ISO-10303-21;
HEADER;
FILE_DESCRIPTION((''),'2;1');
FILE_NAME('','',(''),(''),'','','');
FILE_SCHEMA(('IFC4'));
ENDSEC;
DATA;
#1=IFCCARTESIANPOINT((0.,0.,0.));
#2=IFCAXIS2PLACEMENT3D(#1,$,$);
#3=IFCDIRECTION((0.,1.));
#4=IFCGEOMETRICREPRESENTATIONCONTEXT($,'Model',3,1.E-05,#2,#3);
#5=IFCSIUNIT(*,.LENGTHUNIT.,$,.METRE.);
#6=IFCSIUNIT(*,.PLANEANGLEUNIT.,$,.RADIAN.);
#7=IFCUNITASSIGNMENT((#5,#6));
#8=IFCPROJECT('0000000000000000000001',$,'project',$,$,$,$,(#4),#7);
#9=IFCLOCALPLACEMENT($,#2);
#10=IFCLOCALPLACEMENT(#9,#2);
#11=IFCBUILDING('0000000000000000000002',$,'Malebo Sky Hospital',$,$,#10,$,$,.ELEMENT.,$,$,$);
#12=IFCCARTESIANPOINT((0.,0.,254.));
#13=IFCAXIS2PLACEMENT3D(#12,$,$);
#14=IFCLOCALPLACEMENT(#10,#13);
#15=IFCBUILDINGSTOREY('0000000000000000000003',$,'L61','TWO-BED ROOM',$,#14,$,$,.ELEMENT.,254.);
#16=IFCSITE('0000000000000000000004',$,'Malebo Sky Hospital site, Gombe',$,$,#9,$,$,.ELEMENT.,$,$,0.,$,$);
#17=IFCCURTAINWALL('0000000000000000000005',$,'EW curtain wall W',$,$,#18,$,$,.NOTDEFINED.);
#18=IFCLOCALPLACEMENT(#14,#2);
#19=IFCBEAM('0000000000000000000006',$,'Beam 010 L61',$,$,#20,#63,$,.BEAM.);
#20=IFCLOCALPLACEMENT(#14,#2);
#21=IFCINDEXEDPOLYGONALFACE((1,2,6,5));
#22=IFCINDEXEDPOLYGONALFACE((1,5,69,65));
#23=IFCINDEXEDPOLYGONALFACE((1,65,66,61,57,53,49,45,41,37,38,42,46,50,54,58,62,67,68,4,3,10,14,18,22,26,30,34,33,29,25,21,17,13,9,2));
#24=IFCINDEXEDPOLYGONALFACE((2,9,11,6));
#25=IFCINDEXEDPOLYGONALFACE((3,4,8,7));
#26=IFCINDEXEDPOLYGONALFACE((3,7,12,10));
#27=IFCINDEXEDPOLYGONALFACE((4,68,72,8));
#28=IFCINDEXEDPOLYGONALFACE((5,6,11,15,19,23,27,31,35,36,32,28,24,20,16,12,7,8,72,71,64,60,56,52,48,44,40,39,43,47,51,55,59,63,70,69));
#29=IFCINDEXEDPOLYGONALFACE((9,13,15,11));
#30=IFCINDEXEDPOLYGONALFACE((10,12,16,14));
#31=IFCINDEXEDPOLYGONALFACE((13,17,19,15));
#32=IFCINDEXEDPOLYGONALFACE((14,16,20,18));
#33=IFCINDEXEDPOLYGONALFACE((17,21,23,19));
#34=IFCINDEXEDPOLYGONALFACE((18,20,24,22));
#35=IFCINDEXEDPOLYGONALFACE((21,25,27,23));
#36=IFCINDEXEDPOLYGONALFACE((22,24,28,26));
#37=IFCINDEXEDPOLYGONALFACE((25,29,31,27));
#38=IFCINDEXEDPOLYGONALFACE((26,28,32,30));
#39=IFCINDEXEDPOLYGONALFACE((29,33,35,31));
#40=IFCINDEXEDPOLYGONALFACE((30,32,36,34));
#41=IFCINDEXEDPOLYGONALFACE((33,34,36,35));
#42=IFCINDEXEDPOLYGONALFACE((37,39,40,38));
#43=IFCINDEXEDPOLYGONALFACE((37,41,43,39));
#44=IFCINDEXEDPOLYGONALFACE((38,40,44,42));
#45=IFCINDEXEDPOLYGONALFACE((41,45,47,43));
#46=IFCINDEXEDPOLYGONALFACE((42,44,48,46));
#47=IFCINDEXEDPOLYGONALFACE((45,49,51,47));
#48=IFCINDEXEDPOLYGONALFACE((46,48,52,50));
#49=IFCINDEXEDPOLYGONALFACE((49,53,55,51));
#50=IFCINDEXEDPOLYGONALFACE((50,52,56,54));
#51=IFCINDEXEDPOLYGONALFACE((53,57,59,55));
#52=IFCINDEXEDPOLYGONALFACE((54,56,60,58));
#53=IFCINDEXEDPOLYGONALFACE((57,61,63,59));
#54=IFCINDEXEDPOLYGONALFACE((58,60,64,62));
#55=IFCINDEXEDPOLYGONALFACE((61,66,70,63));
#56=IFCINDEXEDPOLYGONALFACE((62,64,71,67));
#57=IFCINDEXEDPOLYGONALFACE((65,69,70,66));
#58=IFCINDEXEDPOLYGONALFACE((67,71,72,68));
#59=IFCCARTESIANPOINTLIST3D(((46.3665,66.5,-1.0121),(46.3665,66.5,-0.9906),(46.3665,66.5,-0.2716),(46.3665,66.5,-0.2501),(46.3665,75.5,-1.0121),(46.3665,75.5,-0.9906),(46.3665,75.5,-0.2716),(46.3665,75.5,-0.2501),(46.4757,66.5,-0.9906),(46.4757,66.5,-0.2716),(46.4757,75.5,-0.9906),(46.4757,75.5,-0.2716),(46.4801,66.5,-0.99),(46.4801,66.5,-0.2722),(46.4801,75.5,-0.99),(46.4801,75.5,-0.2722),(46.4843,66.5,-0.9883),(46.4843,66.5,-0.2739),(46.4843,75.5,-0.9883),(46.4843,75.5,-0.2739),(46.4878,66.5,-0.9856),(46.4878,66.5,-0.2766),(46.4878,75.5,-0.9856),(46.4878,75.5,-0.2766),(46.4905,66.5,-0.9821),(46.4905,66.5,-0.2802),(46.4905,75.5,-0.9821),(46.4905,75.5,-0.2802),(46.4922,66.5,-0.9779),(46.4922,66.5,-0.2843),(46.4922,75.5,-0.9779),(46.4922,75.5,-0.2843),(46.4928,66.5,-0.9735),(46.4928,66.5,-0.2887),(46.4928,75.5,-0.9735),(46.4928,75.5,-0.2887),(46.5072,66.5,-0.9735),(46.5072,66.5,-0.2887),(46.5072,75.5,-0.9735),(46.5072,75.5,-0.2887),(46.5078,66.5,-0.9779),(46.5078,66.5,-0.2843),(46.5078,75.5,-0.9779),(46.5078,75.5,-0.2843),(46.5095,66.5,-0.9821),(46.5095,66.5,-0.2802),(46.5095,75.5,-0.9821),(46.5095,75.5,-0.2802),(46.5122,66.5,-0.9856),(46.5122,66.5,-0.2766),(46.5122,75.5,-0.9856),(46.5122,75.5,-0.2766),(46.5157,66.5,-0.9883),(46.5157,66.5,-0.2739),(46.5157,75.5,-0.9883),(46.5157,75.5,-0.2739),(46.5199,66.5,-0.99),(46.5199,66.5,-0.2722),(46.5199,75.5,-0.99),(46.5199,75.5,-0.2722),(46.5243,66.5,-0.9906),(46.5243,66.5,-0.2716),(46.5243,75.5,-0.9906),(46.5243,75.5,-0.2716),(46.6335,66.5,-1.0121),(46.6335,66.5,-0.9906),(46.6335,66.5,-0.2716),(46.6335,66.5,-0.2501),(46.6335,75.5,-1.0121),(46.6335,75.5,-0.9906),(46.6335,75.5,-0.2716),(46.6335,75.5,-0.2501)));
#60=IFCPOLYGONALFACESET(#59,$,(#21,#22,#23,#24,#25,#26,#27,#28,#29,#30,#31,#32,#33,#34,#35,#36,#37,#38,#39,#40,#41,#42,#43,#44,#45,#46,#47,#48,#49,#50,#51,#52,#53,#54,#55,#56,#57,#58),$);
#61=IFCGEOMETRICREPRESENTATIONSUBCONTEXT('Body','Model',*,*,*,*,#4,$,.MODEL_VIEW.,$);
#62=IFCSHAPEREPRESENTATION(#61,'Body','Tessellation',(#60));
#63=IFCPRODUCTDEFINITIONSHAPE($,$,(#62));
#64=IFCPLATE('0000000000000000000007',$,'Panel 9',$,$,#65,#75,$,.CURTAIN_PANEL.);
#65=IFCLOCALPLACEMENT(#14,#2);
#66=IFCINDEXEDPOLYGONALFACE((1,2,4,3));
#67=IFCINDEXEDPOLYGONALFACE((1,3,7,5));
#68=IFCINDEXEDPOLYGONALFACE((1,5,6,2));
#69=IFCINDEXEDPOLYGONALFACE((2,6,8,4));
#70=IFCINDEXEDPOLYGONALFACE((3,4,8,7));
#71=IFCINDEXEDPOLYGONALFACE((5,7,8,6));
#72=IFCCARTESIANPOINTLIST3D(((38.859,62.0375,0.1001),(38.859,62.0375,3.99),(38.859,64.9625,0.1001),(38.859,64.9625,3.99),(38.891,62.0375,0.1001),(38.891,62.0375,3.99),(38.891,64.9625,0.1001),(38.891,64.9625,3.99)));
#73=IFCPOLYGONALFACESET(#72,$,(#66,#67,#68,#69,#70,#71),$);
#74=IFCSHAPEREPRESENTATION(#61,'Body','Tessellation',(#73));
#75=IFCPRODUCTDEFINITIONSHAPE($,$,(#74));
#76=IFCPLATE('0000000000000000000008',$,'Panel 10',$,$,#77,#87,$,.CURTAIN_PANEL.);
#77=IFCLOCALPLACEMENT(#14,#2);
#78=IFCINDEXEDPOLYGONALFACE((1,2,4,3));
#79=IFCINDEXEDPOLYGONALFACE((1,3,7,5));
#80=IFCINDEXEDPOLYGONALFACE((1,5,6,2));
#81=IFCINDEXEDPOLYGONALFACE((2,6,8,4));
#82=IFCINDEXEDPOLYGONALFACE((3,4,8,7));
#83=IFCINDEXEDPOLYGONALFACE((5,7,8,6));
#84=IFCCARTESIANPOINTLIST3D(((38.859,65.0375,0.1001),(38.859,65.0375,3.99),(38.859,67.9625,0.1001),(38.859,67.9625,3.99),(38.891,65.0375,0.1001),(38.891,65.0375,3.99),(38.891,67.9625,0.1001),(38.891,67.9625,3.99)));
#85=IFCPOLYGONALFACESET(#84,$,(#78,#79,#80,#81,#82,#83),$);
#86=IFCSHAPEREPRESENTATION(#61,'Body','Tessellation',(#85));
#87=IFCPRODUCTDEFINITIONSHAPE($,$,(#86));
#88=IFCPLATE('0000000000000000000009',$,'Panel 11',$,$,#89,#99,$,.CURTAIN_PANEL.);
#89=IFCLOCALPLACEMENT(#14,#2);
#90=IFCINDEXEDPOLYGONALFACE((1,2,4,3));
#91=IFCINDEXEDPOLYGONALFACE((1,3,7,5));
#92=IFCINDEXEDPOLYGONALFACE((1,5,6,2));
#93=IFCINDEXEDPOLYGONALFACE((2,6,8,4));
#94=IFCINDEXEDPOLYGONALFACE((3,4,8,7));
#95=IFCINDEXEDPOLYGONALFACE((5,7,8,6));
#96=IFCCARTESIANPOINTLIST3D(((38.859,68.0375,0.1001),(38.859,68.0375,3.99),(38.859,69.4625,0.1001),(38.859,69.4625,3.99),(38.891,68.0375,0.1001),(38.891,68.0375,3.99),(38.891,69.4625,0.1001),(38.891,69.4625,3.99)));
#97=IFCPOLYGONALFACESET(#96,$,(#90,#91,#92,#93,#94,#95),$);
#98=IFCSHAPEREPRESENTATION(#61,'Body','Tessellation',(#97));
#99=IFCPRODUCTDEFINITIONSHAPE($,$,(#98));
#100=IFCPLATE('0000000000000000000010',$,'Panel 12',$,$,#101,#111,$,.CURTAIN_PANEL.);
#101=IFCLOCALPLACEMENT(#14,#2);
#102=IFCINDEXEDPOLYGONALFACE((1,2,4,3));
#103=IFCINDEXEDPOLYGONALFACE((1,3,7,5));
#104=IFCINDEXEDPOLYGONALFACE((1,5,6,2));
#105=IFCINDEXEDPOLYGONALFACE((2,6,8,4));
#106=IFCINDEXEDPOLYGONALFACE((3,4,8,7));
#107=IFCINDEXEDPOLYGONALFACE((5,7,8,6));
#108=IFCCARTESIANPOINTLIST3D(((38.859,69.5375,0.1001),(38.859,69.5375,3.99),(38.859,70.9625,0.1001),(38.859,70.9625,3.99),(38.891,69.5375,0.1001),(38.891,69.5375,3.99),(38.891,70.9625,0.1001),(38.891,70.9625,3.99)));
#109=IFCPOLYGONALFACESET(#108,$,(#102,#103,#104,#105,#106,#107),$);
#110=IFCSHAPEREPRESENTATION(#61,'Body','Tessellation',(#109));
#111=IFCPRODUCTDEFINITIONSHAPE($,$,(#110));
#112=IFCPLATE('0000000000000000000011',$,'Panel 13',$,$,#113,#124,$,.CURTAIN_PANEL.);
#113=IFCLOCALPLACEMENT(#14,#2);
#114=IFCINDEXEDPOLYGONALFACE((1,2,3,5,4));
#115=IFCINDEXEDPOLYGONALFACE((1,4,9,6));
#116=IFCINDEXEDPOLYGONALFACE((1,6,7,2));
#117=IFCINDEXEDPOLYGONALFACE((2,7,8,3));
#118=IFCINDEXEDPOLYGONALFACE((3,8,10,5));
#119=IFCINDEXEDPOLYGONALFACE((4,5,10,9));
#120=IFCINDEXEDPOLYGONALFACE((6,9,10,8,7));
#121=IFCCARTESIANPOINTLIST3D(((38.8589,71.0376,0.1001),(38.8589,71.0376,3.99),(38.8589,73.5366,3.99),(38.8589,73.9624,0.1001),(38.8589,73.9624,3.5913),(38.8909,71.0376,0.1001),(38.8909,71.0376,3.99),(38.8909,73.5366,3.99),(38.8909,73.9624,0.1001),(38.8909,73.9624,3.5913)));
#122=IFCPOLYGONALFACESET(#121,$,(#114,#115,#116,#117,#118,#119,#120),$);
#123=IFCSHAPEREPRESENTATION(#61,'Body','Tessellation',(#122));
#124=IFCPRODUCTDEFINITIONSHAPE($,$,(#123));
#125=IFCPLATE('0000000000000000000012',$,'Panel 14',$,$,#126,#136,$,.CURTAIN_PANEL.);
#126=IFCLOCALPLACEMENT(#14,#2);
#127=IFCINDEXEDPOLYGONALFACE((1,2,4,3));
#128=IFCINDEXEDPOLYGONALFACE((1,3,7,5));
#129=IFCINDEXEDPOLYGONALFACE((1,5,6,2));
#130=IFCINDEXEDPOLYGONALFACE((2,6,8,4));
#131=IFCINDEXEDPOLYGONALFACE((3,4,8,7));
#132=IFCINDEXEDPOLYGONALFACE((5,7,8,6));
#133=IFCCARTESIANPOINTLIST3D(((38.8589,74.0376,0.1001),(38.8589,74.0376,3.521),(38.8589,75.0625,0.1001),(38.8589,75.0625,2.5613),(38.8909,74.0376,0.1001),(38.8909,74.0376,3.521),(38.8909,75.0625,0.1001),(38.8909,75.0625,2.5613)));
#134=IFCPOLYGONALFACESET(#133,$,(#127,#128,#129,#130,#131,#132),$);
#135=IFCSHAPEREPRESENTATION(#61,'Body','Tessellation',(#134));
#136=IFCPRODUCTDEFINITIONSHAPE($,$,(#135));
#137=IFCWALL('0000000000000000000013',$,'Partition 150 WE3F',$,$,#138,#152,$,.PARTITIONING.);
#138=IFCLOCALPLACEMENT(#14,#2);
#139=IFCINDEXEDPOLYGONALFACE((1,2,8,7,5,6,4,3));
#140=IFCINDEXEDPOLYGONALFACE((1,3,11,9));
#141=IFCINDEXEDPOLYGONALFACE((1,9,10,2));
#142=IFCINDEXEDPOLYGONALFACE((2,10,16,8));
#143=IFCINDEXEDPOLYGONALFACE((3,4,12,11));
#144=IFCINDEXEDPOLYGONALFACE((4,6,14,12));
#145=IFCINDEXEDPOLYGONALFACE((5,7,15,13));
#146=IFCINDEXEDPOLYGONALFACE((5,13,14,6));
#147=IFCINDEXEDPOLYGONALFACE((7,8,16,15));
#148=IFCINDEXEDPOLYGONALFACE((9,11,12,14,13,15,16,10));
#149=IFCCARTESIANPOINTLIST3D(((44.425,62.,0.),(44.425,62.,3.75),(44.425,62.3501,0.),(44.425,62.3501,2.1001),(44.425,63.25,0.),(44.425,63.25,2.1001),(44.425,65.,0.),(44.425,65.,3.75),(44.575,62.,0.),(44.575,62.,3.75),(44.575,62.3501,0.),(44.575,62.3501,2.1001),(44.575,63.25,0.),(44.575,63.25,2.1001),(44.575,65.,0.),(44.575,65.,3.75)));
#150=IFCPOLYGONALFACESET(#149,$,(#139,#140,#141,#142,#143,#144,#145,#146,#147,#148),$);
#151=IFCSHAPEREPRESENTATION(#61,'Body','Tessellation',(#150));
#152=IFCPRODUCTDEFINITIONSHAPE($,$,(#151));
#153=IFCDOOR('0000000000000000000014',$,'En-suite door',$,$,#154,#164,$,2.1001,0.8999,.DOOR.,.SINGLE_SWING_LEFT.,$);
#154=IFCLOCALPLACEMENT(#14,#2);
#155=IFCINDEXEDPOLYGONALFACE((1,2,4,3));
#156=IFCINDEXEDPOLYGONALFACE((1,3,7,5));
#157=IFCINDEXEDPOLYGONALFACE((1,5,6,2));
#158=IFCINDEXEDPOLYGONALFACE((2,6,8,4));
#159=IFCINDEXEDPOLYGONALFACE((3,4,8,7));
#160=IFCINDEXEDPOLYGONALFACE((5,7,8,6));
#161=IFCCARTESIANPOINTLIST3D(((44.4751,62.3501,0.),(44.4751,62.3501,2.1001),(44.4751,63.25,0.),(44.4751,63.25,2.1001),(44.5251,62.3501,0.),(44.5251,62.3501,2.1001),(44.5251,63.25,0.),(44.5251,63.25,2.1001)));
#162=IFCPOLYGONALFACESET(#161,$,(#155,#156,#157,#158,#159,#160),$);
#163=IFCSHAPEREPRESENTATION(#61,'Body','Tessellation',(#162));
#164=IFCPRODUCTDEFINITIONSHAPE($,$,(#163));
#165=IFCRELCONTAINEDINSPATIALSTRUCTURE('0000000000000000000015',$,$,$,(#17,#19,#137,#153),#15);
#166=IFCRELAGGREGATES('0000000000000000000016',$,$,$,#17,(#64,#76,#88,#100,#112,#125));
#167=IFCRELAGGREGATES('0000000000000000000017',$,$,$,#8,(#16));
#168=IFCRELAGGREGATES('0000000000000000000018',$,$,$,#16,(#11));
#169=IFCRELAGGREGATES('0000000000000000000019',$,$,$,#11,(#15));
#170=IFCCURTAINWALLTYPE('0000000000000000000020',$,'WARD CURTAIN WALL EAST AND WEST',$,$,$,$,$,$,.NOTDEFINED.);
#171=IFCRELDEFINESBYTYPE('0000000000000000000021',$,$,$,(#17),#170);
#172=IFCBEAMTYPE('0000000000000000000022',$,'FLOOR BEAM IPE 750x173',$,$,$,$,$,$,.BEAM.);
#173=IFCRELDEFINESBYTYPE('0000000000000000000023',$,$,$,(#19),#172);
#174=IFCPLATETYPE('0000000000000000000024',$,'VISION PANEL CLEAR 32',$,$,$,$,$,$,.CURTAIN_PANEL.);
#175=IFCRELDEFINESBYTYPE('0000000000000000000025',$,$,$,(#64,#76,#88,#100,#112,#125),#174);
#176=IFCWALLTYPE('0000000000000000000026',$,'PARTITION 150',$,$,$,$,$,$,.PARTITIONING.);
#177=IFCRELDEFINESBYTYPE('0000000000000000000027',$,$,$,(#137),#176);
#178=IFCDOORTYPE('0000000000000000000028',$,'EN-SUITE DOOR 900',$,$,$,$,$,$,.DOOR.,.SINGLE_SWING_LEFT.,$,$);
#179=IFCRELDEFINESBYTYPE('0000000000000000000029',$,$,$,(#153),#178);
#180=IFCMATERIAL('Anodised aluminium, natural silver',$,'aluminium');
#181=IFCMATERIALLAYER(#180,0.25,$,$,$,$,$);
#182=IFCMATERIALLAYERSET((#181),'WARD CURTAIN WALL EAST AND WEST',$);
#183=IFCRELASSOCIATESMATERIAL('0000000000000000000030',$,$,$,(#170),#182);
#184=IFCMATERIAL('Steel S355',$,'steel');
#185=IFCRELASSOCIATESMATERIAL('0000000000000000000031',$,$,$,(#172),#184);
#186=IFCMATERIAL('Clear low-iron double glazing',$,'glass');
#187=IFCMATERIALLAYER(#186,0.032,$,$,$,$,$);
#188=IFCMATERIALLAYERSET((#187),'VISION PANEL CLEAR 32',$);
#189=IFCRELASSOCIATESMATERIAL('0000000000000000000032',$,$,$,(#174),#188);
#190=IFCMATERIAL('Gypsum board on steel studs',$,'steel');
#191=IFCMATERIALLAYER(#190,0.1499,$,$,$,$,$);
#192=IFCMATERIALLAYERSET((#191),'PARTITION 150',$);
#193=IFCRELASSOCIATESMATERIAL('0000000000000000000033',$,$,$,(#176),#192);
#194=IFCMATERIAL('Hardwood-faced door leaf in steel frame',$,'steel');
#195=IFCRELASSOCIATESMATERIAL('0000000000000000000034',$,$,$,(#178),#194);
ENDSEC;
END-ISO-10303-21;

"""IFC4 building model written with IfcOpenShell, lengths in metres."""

from ifc_helpers import new_model, si_unit, direction, frame, frame_2d, origin, origin_2d, place, context, subcontext, project, spatial, polyline, rectangle, i_section, outline, extrude, material, layer, layer_set, material_profile, profile_set, type_object, element, fill, aggregate, save


model = new_model("IFC4")

# Units and contexts
model_context = context("Model", 3, precision=1e-05, world=origin(), true_north=direction((0.0, 1.0)))
body_context = subcontext(model_context, "Body", "Model", "MODEL_VIEW")
ifc_project = project(units=[si_unit("LENGTHUNIT", "METRE"), si_unit("PLANEANGLEUNIT", "RADIAN")], contexts=[model_context])

# Site, building, storey
site_placement = place(None, origin())
site = spatial("IfcSite", under=ifc_project, at=site_placement, Name="Malebo Sky Hospital site, Gombe", CompositionType="ELEMENT", RefElevation=0.0)
building_placement = place(site_placement, origin())
building = spatial("IfcBuilding", under=site, at=building_placement, Name="Malebo Sky Hospital", CompositionType="ELEMENT")
storey_placement = place(building_placement, frame((0.0, 0.0, 254.0)))
storey = spatial("IfcBuildingStorey", under=building, at=storey_placement, Name="L61", Description="TWO-BED ROOM", CompositionType="ELEMENT", Elevation=254.0)

# Curtain wall
ifc_material_1 = material(Name="Anodised aluminium, natural silver", Category="aluminium")
ifc_layer_1 = layer(ifc_material_1, 0.25)
ifc_layer_set_1 = layer_set([ifc_layer_1], Name="WARD CURTAIN WALL EAST AND WEST")
curtain_wall_type = type_object("IfcCurtainWallType", Name="WARD CURTAIN WALL EAST AND WEST", PredefinedType="NOTDEFINED", material=ifc_layer_set_1)
curtain_wall_placement = place(storey_placement, origin())
curtain_wall = element("IfcCurtainWall", 1, at=curtain_wall_placement, inside=storey, type_object=curtain_wall_type, Name="EW curtain wall W", PredefinedType="NOTDEFINED")

# Beam
ifc_material_2 = material(Name="Steel S355", Category="steel")
ifc_material_profile_1 = material_profile(ifc_material_2, i_section(OverallWidth=0.2671, OverallDepth=0.762, WebThickness=0.0144, FlangeThickness=0.0215, FilletRadius=0.0171, at=origin_2d()), Name="IPE 750x173")
ifc_profile_set_1 = profile_set([ifc_material_profile_1], Name="Steel S355")
beam_type_1 = type_object("IfcBeamType", Name="FLOOR BEAM IPE 750x173", PredefinedType="BEAM", material=ifc_profile_set_1)
beam_1_placement = place(storey_placement, frame((46.5, 66.5, -0.6311), z_axis=(0.0, 1.0, 0.0), x_axis=(-1.0, 0.0, 0.0)))
element("IfcBeam", 2, at=beam_1_placement, inside=storey, type_object=beam_type_1, Name="Beam 010 L61", PredefinedType="BEAM", context=body_context, shape_type="SweptSolid", body=[
    extrude(i_section(OverallWidth=0.2671, OverallDepth=0.762, WebThickness=0.0144, FlangeThickness=0.0215, FilletRadius=0.0171, at=origin_2d()), origin(), (0.0, 0.0, 1.0), 9.0),
])

# Plates
ifc_material_3 = material(Name="Clear low-iron double glazing", Category="glass")
ifc_layer_2 = layer(ifc_material_3, 0.032)
ifc_layer_set_2 = layer_set([ifc_layer_2], Name="VISION PANEL CLEAR 32")
plate_type = type_object("IfcPlateType", Name="VISION PANEL CLEAR 32", PredefinedType="CURTAIN_PANEL", material=ifc_layer_set_2)
plate_1_placement = place(storey_placement, frame((38.875, 63.5, 0.1001), z_axis=(0.0, 0.0, 1.0), x_axis=(0.0, 1.0, 0.0)))
plate_1 = element("IfcPlate", 3, at=plate_1_placement, type_object=plate_type, Name="Panel 9", PredefinedType="CURTAIN_PANEL", context=body_context, shape_type="SweptSolid", body=[
    extrude(rectangle(XDim=2.925, YDim=0.032, at=origin_2d()), origin(), (0.0, 0.0, 1.0), 3.8899),
])
plate_2_placement = place(storey_placement, frame((38.875, 66.5, 0.1001), z_axis=(0.0, 0.0, 1.0), x_axis=(0.0, 1.0, 0.0)))
plate_2 = element("IfcPlate", 4, at=plate_2_placement, type_object=plate_type, Name="Panel 10", PredefinedType="CURTAIN_PANEL", context=body_context, shape_type="SweptSolid", body=[
    extrude(rectangle(XDim=2.925, YDim=0.032, at=origin_2d()), origin(), (0.0, 0.0, 1.0), 3.8899),
])
plate_3_placement = place(storey_placement, frame((38.875, 68.75, 0.1001), z_axis=(0.0, 0.0, 1.0), x_axis=(0.0, 1.0, 0.0)))
plate_3 = element("IfcPlate", 5, at=plate_3_placement, type_object=plate_type, Name="Panel 11", PredefinedType="CURTAIN_PANEL", context=body_context, shape_type="SweptSolid", body=[
    extrude(rectangle(XDim=1.425, YDim=0.032, at=origin_2d()), origin(), (0.0, 0.0, 1.0), 3.8899),
])
plate_4_placement = place(storey_placement, frame((38.875, 70.25, 0.1001), z_axis=(0.0, 0.0, 1.0), x_axis=(0.0, 1.0, 0.0)))
plate_4 = element("IfcPlate", 6, at=plate_4_placement, type_object=plate_type, Name="Panel 12", PredefinedType="CURTAIN_PANEL", context=body_context, shape_type="SweptSolid", body=[
    extrude(rectangle(XDim=1.425, YDim=0.032, at=origin_2d()), origin(), (0.0, 0.0, 1.0), 3.8899),
])
plate_5_placement = place(storey_placement, frame((38.875, 72.5, 0.1001), z_axis=(0.0, 0.0, 1.0), x_axis=(0.0, 1.0, 0.0)))
plate_5 = element("IfcPlate", 7, at=plate_5_placement, type_object=plate_type, Name="Panel 13", PredefinedType="CURTAIN_PANEL", context=body_context, shape_type="SweptSolid", body=[
    extrude(outline(polyline([(-1.4624, 0.0), (1.4624, 0.0), (1.4624, 3.4912), (1.0366, 3.8899), (-1.4624, 3.8899), (-1.4624, 0.0)])), frame((0.0, 0.0161, 0.0), z_axis=(0.0, -1.0, 0.0), x_axis=(1.0, 0.0, 0.0)), (0.0, 0.0, 1.0), 0.032),
])
plate_6_placement = place(storey_placement, frame((38.875, 74.55, 0.1001), z_axis=(0.0, 0.0, 1.0), x_axis=(0.0, 1.0, 0.0)))
plate_6 = element("IfcPlate", 8, at=plate_6_placement, type_object=plate_type, Name="Panel 14", PredefinedType="CURTAIN_PANEL", context=body_context, shape_type="SweptSolid", body=[
    extrude(outline(polyline([(-0.5125, 0.0), (0.5125, 0.0), (0.5125, 2.4612), (-0.5125, 3.4209), (-0.5125, 0.0)])), frame((0.0, 0.0161, 0.0), z_axis=(0.0, -1.0, 0.0), x_axis=(1.0, 0.0, 0.0)), (0.0, 0.0, 1.0), 0.032),
])
aggregate(curtain_wall, [plate_1, plate_2, plate_3, plate_4, plate_5, plate_6])

# Wall, opening, door
ifc_material_4 = material(Name="Gypsum board on steel studs", Category="steel")
ifc_layer_3 = layer(ifc_material_4, 0.1499)
ifc_layer_set_3 = layer_set([ifc_layer_3], Name="PARTITION 150")
wall_type = type_object("IfcWallType", Name="PARTITION 150", PredefinedType="PARTITIONING", material=ifc_layer_set_3)
wall_1_placement = place(storey_placement, frame((44.5, 62.0, 0.0), z_axis=(0.0, 0.0, 1.0), x_axis=(0.0, 1.0, 0.0)))
wall_1 = element("IfcWall", 9, at=wall_1_placement, inside=storey, type_object=wall_type, Name="Partition 150 WE3F", PredefinedType="PARTITIONING", context=body_context, shape_type="SweptSolid", body=[
    extrude(rectangle(XDim=3.0, YDim=0.1499, at=frame_2d((1.5, 0.0))), origin(), (0.0, 0.0, 1.0), 3.75),
])
opening_1_placement = place(wall_1_placement, frame((0.3501, 0.0, 0.0)))
opening_1 = element("IfcOpeningElement", 10, at=opening_1_placement, cuts=wall_1, PredefinedType="OPENING", context=body_context, shape_type="SweptSolid", body=[
    extrude(rectangle(XDim=0.8999, YDim=2.1001, at=frame_2d((0.45, 1.05))), frame((0.0, 0.085, 0.0), z_axis=(0.0, -1.0, 0.0), x_axis=(1.0, 0.0, 0.0)), (0.0, 0.0, 1.0), 0.1699),
])
ifc_material_5 = material(Name="Hardwood-faced door leaf in steel frame", Category="steel")
door_type = type_object("IfcDoorType", Name="EN-SUITE DOOR 900", OperationType="SINGLE_SWING_LEFT", PredefinedType="DOOR", material=ifc_material_5)
door_1_placement = place(opening_1_placement, origin())
door_1 = element("IfcDoor", 11, at=door_1_placement, inside=storey, type_object=door_type, Name="En-suite door", OperationType="SINGLE_SWING_LEFT", OverallHeight=2.1001, OverallWidth=0.8999, PredefinedType="DOOR", context=body_context, shape_type="SweptSolid", body=[
    extrude(rectangle(XDim=0.8999, YDim=2.1001, at=frame_2d((0.45, 1.05))), frame((0.0, 0.0249, 0.0), z_axis=(0.0, -1.0, 0.0), x_axis=(1.0, 0.0, 0.0)), (0.0, 0.0, 1.0), 0.05),
])
fill(opening_1, door_1)

save(model, "model.ifc")
